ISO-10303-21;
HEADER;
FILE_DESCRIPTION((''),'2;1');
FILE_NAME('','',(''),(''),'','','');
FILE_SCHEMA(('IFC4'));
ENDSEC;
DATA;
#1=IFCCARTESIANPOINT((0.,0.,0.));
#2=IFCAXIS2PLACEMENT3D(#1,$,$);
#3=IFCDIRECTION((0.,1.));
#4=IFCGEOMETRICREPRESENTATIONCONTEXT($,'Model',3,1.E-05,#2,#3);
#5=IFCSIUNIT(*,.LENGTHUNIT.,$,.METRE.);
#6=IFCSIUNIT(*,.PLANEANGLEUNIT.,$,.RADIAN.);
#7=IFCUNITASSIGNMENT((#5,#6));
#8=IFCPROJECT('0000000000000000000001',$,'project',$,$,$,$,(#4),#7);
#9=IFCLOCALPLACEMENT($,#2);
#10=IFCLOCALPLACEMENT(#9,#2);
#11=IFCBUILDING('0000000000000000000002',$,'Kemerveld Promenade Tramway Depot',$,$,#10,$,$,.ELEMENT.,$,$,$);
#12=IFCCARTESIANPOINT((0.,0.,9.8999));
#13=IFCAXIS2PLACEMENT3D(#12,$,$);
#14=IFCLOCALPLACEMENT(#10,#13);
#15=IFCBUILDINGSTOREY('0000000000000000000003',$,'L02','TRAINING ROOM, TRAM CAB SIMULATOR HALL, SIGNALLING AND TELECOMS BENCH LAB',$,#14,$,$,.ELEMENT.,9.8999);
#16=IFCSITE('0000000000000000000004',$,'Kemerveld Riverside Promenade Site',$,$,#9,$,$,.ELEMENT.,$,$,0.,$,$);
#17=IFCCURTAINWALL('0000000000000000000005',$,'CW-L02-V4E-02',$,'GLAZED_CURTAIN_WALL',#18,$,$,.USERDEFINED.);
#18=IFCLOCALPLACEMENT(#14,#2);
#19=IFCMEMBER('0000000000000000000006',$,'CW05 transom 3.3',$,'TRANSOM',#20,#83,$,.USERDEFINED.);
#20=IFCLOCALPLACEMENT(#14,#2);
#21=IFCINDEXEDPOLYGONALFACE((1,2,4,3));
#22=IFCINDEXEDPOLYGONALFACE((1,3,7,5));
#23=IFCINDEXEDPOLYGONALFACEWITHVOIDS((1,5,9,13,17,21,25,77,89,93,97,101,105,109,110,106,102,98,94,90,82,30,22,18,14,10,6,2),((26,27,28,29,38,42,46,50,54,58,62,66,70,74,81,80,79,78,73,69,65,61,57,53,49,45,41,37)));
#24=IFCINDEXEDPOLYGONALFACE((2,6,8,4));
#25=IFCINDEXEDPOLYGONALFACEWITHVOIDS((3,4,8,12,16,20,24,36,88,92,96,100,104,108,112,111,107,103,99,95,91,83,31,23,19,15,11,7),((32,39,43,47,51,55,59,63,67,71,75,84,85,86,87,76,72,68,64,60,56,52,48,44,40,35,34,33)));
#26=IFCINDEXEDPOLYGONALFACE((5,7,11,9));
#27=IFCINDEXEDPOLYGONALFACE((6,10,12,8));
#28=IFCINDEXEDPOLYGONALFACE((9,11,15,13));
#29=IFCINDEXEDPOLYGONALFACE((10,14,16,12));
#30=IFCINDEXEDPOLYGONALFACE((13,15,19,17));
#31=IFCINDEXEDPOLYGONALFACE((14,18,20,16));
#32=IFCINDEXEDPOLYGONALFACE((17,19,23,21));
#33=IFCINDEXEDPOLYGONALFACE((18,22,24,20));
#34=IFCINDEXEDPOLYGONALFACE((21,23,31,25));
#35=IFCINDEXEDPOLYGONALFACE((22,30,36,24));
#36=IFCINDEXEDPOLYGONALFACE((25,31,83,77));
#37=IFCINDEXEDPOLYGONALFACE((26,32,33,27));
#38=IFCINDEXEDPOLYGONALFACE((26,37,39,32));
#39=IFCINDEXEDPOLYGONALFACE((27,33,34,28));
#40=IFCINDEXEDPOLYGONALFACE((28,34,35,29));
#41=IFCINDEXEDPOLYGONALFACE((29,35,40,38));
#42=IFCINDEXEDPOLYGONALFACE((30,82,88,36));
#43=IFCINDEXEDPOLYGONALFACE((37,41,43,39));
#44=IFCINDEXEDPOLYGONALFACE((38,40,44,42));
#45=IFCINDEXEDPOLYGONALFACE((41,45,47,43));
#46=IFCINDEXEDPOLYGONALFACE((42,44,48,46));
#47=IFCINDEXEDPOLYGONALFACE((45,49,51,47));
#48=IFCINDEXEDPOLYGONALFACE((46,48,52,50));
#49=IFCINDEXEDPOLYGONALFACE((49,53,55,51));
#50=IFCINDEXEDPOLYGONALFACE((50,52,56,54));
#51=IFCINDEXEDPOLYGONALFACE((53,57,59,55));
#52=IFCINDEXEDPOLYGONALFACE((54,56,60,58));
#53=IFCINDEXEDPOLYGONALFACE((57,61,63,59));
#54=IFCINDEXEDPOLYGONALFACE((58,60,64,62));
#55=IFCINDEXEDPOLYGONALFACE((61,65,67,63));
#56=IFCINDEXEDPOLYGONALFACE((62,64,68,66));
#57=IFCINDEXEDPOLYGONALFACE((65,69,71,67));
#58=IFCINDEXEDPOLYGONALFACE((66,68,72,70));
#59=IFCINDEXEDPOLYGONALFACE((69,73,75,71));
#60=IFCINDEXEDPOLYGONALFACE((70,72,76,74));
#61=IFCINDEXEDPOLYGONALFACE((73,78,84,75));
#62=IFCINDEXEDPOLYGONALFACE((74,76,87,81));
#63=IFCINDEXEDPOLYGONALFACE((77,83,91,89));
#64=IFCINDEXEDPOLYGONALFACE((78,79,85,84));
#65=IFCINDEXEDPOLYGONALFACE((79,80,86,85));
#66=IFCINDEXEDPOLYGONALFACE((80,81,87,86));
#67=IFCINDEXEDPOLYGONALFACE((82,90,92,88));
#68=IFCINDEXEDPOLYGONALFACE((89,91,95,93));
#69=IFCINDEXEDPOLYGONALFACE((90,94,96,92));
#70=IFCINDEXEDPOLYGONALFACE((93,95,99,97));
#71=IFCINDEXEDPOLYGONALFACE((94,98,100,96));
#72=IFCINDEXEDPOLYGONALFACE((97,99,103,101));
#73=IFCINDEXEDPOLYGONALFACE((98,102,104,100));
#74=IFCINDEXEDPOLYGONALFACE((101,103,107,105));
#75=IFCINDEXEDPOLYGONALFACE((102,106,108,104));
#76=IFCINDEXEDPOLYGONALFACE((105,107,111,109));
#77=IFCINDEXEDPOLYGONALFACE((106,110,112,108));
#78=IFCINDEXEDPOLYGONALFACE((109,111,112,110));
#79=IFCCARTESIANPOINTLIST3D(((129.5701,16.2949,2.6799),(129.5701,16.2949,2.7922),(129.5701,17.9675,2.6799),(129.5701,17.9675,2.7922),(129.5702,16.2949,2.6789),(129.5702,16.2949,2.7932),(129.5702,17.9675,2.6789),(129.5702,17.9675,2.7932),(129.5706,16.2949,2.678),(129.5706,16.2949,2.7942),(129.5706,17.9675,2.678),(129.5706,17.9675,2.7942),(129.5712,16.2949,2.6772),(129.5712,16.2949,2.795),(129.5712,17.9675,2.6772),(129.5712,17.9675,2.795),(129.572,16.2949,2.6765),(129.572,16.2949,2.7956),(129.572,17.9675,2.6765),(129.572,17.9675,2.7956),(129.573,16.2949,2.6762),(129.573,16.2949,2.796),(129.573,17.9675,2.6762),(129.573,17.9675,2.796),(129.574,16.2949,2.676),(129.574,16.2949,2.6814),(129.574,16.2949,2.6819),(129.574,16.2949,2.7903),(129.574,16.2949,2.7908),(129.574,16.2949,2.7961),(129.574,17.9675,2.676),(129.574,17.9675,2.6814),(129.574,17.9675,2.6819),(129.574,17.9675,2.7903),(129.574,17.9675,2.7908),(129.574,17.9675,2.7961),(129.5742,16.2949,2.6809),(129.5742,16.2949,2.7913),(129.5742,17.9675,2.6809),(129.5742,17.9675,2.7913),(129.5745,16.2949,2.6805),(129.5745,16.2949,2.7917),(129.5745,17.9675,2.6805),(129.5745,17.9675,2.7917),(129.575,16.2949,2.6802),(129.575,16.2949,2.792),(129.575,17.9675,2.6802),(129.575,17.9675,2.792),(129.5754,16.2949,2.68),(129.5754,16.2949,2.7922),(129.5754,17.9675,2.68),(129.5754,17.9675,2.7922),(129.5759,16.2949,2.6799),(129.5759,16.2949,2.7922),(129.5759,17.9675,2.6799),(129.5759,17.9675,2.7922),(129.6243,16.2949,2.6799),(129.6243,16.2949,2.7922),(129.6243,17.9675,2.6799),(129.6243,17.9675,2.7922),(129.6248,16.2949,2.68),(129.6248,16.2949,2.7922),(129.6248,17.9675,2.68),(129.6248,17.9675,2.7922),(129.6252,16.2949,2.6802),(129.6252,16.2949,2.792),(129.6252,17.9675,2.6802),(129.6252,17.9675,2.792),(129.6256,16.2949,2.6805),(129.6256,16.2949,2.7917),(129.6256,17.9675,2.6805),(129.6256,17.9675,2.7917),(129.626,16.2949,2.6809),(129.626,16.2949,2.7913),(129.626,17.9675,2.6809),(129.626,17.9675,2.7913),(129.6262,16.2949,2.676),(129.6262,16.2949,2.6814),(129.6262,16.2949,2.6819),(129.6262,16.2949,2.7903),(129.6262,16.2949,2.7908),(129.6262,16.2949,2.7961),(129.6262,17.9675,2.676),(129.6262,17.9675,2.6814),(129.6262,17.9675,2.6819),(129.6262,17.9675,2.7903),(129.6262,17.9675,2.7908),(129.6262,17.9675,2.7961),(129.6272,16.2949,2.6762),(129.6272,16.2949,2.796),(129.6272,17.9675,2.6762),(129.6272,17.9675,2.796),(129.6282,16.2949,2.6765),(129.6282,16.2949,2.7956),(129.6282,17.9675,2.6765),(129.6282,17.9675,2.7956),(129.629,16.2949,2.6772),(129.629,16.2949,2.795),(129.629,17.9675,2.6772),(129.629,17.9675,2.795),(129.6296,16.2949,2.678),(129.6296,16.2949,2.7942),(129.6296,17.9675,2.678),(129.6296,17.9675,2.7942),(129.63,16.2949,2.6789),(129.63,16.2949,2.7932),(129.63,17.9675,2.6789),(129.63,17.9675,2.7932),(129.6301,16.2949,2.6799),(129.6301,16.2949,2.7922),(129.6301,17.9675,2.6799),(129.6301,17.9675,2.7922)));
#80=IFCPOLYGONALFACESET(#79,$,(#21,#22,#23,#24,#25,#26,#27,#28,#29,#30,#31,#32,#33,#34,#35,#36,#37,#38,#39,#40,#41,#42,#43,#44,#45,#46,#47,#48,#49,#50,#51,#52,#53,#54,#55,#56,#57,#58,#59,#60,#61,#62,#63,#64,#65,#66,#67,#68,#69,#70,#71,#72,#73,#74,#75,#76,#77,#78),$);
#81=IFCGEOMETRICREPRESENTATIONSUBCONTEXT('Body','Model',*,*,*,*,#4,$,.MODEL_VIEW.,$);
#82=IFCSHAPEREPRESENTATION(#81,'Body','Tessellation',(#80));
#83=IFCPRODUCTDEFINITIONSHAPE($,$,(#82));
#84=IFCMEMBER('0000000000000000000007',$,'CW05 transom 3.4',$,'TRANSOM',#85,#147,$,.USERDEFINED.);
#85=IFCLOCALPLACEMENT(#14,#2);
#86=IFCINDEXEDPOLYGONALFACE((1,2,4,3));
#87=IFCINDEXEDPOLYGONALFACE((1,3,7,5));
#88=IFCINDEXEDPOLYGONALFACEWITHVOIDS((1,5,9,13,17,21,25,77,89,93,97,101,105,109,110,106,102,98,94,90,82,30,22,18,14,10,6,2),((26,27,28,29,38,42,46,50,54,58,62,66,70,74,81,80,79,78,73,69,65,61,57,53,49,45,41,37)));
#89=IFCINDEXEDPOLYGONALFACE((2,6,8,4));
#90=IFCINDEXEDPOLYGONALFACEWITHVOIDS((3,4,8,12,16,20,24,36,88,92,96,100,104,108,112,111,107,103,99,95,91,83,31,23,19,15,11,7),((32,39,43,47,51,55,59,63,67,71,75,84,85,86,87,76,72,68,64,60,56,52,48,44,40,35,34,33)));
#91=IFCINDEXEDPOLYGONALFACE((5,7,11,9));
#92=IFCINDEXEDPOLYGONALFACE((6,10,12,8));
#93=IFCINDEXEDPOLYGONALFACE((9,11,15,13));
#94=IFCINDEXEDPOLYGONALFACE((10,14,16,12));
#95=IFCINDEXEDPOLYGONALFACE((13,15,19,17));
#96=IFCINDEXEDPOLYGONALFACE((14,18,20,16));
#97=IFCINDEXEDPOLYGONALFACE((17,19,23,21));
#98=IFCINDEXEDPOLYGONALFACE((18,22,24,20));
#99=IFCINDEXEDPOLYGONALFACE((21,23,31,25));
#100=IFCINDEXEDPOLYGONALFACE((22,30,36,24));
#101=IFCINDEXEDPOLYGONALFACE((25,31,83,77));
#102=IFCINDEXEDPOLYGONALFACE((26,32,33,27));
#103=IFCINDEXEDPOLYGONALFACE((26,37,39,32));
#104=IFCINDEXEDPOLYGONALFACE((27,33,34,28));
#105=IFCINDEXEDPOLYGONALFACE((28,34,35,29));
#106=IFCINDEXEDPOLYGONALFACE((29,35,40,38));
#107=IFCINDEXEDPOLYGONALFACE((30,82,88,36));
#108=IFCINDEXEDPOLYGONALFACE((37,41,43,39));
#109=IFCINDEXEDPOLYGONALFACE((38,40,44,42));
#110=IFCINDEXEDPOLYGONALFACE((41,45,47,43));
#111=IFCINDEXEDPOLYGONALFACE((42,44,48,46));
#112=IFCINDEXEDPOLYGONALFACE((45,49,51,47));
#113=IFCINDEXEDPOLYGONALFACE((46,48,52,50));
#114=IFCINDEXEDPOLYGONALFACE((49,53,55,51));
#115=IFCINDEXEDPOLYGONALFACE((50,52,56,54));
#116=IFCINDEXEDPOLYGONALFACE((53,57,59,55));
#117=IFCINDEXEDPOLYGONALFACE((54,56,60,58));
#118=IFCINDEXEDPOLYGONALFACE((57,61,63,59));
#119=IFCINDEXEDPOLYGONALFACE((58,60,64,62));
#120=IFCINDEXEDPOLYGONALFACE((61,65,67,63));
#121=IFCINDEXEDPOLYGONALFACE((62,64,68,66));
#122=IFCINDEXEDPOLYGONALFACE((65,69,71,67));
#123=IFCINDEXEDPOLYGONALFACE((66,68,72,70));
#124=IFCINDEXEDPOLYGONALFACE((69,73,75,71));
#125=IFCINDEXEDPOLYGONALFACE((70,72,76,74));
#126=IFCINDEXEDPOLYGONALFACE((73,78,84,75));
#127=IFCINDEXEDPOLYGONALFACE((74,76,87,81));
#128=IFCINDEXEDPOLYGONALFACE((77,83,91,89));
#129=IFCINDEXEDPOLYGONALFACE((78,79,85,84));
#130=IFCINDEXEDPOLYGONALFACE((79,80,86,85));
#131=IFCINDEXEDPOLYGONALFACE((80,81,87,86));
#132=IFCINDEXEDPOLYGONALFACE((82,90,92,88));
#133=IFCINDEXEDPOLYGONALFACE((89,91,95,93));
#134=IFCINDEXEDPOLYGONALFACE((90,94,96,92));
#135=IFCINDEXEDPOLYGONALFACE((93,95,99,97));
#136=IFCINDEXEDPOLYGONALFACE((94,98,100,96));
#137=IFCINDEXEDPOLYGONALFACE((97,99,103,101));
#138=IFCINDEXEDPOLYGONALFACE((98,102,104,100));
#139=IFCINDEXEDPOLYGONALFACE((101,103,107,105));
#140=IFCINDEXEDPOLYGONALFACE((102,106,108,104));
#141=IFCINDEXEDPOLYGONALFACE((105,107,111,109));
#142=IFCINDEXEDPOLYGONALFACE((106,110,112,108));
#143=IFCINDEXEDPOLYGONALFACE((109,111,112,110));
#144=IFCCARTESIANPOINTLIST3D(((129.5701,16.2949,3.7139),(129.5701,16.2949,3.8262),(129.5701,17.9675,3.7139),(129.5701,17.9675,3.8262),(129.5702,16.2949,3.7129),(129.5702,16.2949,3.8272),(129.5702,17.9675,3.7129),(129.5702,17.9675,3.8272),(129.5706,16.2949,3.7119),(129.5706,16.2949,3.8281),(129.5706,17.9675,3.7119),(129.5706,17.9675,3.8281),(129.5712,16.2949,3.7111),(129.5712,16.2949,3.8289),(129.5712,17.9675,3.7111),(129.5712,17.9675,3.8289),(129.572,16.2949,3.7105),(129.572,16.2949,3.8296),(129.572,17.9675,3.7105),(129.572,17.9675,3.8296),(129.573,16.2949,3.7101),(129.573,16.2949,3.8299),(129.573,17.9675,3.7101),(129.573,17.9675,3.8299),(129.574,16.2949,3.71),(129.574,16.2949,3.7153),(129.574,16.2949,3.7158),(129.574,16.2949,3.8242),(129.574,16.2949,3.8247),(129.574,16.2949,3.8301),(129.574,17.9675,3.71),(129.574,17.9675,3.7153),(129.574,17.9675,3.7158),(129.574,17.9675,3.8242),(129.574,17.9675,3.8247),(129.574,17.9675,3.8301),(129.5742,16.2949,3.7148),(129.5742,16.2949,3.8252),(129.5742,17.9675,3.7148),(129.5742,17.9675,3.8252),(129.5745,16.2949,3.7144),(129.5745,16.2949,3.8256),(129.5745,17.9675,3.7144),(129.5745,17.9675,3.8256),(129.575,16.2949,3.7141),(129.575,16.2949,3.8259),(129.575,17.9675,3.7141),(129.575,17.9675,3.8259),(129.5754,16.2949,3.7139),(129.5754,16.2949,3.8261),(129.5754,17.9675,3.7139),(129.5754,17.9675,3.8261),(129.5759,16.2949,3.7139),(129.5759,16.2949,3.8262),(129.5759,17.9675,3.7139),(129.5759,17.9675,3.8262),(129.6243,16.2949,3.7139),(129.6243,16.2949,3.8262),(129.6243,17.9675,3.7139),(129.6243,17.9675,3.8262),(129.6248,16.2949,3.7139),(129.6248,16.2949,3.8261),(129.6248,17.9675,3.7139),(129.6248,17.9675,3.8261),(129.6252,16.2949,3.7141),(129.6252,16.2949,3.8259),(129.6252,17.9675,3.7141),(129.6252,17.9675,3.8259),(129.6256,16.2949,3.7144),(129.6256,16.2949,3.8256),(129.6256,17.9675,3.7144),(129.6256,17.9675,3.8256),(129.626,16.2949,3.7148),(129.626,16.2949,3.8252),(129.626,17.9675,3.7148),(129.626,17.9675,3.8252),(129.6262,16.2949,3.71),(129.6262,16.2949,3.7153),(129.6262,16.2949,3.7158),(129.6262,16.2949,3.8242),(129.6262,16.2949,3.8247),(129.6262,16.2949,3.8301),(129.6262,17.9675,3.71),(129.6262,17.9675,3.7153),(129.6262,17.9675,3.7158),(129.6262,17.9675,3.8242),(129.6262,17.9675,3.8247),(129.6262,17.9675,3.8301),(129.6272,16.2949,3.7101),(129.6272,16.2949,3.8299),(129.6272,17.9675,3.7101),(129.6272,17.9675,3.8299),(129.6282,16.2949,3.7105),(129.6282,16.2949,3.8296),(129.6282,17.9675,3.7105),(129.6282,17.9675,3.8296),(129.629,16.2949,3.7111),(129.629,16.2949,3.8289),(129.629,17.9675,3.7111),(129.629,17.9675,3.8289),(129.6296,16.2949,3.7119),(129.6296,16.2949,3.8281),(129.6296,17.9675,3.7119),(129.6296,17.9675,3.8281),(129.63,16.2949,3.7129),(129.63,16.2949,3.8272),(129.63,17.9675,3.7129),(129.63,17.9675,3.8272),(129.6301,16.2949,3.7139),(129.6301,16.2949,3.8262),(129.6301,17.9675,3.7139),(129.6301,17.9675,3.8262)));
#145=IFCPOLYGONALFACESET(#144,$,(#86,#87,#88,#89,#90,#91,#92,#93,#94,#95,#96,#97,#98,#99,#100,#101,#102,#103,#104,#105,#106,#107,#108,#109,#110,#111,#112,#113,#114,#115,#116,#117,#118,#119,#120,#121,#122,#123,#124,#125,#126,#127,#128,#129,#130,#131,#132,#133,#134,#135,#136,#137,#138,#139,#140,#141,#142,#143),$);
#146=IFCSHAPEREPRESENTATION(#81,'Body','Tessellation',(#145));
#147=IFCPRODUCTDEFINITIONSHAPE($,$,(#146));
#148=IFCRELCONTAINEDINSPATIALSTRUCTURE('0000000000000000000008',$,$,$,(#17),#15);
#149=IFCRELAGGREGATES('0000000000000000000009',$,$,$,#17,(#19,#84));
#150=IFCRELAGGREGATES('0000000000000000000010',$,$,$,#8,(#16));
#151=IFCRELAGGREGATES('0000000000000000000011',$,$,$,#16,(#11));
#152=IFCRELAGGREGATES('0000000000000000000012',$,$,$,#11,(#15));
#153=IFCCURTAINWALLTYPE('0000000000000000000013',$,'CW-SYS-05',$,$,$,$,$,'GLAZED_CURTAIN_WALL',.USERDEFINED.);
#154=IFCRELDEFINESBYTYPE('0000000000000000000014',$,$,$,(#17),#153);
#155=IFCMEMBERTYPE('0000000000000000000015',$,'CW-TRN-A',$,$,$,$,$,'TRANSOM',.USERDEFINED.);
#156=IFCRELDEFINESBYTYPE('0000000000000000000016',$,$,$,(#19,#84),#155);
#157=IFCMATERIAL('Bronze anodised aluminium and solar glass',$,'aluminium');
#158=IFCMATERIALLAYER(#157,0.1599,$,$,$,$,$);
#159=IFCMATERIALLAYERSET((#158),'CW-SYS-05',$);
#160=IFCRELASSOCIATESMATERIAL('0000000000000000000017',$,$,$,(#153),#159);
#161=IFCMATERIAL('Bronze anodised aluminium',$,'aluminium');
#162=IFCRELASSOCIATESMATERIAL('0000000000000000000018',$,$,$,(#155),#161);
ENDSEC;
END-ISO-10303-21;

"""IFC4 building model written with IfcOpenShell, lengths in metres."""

from ifc_helpers import new_model, si_unit, direction, frame, origin, origin_2d, place, context, subcontext, project, spatial, hollow_rectangle, extrude, material, layer, layer_set, material_profile, profile_set, type_object, element, aggregate, save


model = new_model("IFC4")

# Units and contexts
model_context = context("Model", 3, precision=1e-05, world=origin(), true_north=direction((0.0, 1.0)))
body_context = subcontext(model_context, "Body", "Model", "MODEL_VIEW")
ifc_project = project(units=[si_unit("LENGTHUNIT", "METRE"), si_unit("PLANEANGLEUNIT", "RADIAN")], contexts=[model_context])

# Site, building, storey
site_placement = place(None, origin())
site = spatial("IfcSite", under=ifc_project, at=site_placement, Name="Kemerveld Riverside Promenade Site", CompositionType="ELEMENT", RefElevation=0.0)
building_placement = place(site_placement, origin())
building = spatial("IfcBuilding", under=site, at=building_placement, Name="Kemerveld Promenade Tramway Depot", CompositionType="ELEMENT")
storey_placement = place(building_placement, frame((0.0, 0.0, 9.8999)))
storey = spatial("IfcBuildingStorey", under=building, at=storey_placement, Name="L02", Description="TRAINING ROOM, TRAM CAB SIMULATOR HALL, SIGNALLING AND TELECOMS BENCH LAB", CompositionType="ELEMENT", Elevation=9.8999)

# Curtain wall, members
ifc_material_1 = material(Name="Bronze anodised aluminium and solar glass", Category="aluminium")
ifc_layer_1 = layer(ifc_material_1, 0.1599)
ifc_layer_set_1 = layer_set([ifc_layer_1], Name="CW-SYS-05")
curtain_wall_type = type_object("IfcCurtainWallType", Name="CW-SYS-05", ElementType="GLAZED_CURTAIN_WALL", PredefinedType="USERDEFINED", material=ifc_layer_set_1)
curtain_wall_placement = place(storey_placement, origin())
curtain_wall = element("IfcCurtainWall", 1, at=curtain_wall_placement, inside=storey, type_object=curtain_wall_type, Name="CW-L02-V4E-02", ObjectType="GLAZED_CURTAIN_WALL", PredefinedType="USERDEFINED")
ifc_material_2 = material(Name="Bronze anodised aluminium", Category="aluminium")
ifc_material_profile = material_profile(ifc_material_2, hollow_rectangle(XDim=0.0601, YDim=0.1201, WallThickness=0.0039, InnerFilletRadius=0.002, OuterFilletRadius=0.0039, at=origin_2d()), Name="CW-TRN-120x60")
ifc_profile_set = profile_set([ifc_material_profile], Name="Bronze anodised aluminium")
member_type = type_object("IfcMemberType", Name="CW-TRN-A", ElementType="TRANSOM", PredefinedType="USERDEFINED", material=ifc_profile_set)
member_1_placement = place(storey_placement, frame((129.6001, 17.9675, 2.7361), z_axis=(0.0, -1.0, 0.0), x_axis=(1.0, 0.0, 0.0)))
member_1 = element("IfcMember", 2, at=member_1_placement, type_object=member_type, Name="CW05 transom 3.3", ObjectType="TRANSOM", PredefinedType="USERDEFINED", context=body_context, shape_type="SweptSolid", body=[
    extrude(hollow_rectangle(XDim=0.0601, YDim=0.1201, WallThickness=0.0039, InnerFilletRadius=0.002, OuterFilletRadius=0.0039, at=origin_2d()), origin(), (0.0, 0.0, 1.0), 1.6726),
])
member_2_placement = place(storey_placement, frame((129.6001, 17.9675, 3.77), z_axis=(0.0, -1.0, 0.0), x_axis=(1.0, 0.0, 0.0)))
member_2 = element("IfcMember", 3, at=member_2_placement, type_object=member_type, Name="CW05 transom 3.4", ObjectType="TRANSOM", PredefinedType="USERDEFINED", context=body_context, shape_type="SweptSolid", body=[
    extrude(hollow_rectangle(XDim=0.0601, YDim=0.1201, WallThickness=0.0039, InnerFilletRadius=0.002, OuterFilletRadius=0.0039, at=origin_2d()), origin(), (0.0, 0.0, 1.0), 1.6726),
])
aggregate(curtain_wall, [member_1, member_2])

save(model, "model.ifc")
